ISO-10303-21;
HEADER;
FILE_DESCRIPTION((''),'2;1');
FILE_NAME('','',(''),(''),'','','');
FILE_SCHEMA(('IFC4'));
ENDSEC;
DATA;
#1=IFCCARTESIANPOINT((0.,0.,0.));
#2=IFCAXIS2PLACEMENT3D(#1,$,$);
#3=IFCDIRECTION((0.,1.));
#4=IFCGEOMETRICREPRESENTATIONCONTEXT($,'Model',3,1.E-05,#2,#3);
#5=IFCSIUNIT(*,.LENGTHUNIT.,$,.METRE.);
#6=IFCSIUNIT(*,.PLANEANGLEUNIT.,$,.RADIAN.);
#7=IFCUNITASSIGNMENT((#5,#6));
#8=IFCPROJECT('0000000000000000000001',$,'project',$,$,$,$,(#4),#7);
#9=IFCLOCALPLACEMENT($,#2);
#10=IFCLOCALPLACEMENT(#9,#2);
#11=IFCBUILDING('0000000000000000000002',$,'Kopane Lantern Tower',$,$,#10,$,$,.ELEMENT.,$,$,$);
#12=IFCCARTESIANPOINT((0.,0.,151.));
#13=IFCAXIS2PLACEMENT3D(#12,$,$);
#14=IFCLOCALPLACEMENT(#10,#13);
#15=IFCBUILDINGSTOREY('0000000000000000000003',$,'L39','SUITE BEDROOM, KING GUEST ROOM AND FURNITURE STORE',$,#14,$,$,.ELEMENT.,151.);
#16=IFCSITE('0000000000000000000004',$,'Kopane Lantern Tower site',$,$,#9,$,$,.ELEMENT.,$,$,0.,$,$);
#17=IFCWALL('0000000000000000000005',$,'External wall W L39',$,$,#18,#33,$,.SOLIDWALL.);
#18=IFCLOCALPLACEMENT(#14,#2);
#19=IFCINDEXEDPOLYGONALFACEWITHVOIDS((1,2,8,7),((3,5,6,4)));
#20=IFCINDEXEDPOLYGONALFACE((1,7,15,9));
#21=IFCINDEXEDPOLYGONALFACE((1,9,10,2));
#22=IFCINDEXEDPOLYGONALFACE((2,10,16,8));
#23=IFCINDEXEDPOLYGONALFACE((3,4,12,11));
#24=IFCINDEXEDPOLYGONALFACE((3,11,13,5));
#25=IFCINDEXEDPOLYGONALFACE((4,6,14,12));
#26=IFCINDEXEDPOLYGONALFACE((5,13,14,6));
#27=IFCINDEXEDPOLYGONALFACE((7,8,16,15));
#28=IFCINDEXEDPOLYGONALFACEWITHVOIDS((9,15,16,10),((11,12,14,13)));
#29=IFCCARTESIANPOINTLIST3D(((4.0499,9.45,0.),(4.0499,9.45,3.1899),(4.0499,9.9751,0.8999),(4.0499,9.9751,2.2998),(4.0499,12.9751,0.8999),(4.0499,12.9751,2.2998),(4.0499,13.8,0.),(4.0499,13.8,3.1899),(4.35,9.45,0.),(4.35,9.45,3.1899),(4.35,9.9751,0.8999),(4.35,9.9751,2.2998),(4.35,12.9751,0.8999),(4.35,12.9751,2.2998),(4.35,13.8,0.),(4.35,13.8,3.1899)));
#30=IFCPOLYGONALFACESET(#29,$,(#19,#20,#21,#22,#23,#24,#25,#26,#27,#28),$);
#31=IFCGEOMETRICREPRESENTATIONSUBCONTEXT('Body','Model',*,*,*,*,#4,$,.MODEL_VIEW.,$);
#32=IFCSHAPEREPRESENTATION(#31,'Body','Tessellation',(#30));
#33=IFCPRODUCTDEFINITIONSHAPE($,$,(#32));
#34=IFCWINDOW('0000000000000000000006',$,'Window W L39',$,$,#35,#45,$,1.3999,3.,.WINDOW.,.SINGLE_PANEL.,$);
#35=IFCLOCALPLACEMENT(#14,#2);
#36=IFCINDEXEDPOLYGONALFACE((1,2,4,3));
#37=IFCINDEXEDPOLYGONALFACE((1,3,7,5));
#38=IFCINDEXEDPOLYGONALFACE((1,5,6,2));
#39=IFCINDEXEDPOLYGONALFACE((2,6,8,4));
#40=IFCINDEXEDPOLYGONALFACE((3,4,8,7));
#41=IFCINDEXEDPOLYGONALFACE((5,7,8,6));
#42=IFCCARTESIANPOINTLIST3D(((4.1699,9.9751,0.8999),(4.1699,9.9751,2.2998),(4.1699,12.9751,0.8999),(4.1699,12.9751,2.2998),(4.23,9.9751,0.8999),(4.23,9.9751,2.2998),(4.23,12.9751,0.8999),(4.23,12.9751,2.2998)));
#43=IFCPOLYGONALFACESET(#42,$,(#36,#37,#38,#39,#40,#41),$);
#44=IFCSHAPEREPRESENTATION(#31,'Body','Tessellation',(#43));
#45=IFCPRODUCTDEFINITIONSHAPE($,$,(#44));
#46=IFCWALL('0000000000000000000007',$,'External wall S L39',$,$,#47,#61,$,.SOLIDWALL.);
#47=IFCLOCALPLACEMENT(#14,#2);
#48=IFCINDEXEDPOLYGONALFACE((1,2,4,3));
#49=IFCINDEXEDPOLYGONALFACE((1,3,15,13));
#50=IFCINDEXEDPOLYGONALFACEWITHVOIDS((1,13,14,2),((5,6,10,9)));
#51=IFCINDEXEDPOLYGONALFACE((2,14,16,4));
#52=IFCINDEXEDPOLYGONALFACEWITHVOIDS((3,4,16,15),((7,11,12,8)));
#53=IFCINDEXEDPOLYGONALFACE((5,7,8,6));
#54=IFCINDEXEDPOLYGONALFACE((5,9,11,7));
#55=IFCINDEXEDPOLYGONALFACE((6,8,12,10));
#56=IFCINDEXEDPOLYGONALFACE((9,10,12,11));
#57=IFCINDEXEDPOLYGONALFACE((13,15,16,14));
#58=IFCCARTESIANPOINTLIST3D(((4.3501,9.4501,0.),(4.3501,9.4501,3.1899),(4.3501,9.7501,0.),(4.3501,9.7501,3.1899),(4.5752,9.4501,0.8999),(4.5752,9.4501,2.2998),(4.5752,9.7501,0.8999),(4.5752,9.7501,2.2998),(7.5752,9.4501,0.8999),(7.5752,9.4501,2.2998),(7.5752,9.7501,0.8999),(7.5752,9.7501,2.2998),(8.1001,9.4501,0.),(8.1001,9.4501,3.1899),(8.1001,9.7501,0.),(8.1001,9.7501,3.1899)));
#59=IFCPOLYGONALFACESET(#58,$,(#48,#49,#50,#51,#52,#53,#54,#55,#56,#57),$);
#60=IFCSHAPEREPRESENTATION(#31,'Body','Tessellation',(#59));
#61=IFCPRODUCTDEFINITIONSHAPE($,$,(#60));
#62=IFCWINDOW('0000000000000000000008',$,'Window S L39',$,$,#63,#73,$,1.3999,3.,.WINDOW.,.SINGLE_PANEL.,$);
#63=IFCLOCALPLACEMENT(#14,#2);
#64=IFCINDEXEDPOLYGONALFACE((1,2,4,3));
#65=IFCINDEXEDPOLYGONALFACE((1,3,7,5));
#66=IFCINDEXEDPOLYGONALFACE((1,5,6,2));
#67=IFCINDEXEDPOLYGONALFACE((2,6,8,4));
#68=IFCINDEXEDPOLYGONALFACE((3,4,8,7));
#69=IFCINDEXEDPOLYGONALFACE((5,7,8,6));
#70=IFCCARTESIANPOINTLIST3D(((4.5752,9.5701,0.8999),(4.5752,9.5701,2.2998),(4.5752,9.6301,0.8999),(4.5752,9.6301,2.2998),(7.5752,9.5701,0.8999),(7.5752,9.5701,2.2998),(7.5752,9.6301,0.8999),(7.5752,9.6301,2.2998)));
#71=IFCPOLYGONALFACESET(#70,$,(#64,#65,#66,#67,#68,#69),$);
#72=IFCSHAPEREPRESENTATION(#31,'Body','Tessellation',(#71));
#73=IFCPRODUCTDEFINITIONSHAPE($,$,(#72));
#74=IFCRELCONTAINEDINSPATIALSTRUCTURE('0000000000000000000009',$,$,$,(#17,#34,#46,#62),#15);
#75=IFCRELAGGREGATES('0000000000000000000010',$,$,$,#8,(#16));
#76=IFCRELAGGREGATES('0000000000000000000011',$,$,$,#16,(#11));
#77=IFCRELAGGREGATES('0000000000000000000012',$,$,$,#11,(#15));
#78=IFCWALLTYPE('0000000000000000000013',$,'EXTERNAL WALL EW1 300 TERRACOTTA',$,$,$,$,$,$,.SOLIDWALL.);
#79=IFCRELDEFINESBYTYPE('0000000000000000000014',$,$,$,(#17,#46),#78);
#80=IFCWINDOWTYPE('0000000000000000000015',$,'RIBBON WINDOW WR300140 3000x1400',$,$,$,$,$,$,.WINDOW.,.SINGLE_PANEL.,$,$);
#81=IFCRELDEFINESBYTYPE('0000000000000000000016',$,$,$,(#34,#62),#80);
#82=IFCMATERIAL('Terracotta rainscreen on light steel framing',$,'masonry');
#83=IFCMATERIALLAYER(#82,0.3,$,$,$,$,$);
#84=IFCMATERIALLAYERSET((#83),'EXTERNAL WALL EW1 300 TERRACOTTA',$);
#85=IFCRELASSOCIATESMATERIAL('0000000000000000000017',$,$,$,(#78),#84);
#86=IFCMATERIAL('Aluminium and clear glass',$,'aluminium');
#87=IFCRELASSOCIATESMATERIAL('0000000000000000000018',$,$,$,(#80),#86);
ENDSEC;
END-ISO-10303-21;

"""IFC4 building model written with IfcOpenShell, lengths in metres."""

from ifc_helpers import new_model, si_unit, direction, frame, frame_2d, origin, place, context, subcontext, project, spatial, rectangle, extrude, material, layer, layer_set, type_object, element, fill, save


model = new_model("IFC4")

# Units and contexts
model_context = context("Model", 3, precision=1e-05, world=origin(), true_north=direction((0.0, 1.0)))
body_context = subcontext(model_context, "Body", "Model", "MODEL_VIEW")
ifc_project = project(units=[si_unit("LENGTHUNIT", "METRE"), si_unit("PLANEANGLEUNIT", "RADIAN")], contexts=[model_context])

# Site, building, storey
site_placement = place(None, origin())
site = spatial("IfcSite", under=ifc_project, at=site_placement, Name="Kopane Lantern Tower site", CompositionType="ELEMENT", RefElevation=0.0)
building_placement = place(site_placement, origin())
building = spatial("IfcBuilding", under=site, at=building_placement, Name="Kopane Lantern Tower", CompositionType="ELEMENT")
storey_placement = place(building_placement, frame((0.0, 0.0, 151.0)))
storey = spatial("IfcBuildingStorey", under=building, at=storey_placement, Name="L39", Description="SUITE BEDROOM, KING GUEST ROOM AND FURNITURE STORE", CompositionType="ELEMENT", Elevation=151.0)

# Walls, openings, windows
ifc_material_1 = material(Name="Terracotta rainscreen on light steel framing", Category="masonry")
ifc_layer_1 = layer(ifc_material_1, 0.3)
ifc_layer_set_1 = layer_set([ifc_layer_1], Name="EXTERNAL WALL EW1 300 TERRACOTTA")
wall_type_1 = type_object("IfcWallType", Name="EXTERNAL WALL EW1 300 TERRACOTTA", PredefinedType="SOLIDWALL", material=ifc_layer_set_1)
ifc_material_2 = material(Name="Aluminium and clear glass", Category="aluminium")
window_type = type_object("IfcWindowType", Name="RIBBON WINDOW WR300140 3000x1400", PartitioningType="SINGLE_PANEL", PredefinedType="WINDOW", material=ifc_material_2)
wall_1_placement = place(storey_placement, frame((4.2, 13.8, 0.0), z_axis=(0.0, 0.0, 1.0), x_axis=(0.0, -1.0, 0.0)))
wall_1 = element("IfcWall", 1, at=wall_1_placement, inside=storey, type_object=wall_type_1, Name="External wall W L39", PredefinedType="SOLIDWALL", context=body_context, shape_type="SweptSolid", body=[
    extrude(rectangle(XDim=4.3501, YDim=0.3, at=frame_2d((2.175, 0.0))), origin(), (0.0, 0.0, 1.0), 3.1899),
])
opening_1_placement = place(wall_1_placement, frame((0.825, 0.0, 0.8999)))
opening_1 = element("IfcOpeningElement", 2, at=opening_1_placement, cuts=wall_1, PredefinedType="OPENING", context=body_context, shape_type="SweptSolid", body=[
    extrude(rectangle(XDim=3.0, YDim=1.3999, at=frame_2d((1.5, 0.7))), frame((0.0, 0.1599, 0.0), z_axis=(0.0, -1.0, 0.0), x_axis=(1.0, 0.0, 0.0)), (0.0, 0.0, 1.0), 0.3201),
])
window_1_placement = place(opening_1_placement, origin())
window_1 = element("IfcWindow", 3, at=window_1_placement, inside=storey, type_object=window_type, Name="Window W L39", OverallHeight=1.3999, OverallWidth=3.0, PartitioningType="SINGLE_PANEL", PredefinedType="WINDOW", context=body_context, shape_type="SweptSolid", body=[
    extrude(rectangle(XDim=3.0, YDim=1.3999, at=frame_2d((1.5, 0.7))), frame((0.0, 0.03, 0.0), z_axis=(0.0, -1.0, 0.0), x_axis=(1.0, 0.0, 0.0)), (0.0, 0.0, 1.0), 0.0601),
])
fill(opening_1, window_1)
wall_2_placement = place(storey_placement, frame((4.3501, 9.6001, 0.0), z_axis=(0.0, 0.0, 1.0), x_axis=(1.0, 0.0, 0.0)))
wall_2 = element("IfcWall", 4, at=wall_2_placement, inside=storey, type_object=wall_type_1, Name="External wall S L39", PredefinedType="SOLIDWALL", context=body_context, shape_type="SweptSolid", body=[
    extrude(rectangle(XDim=3.75, YDim=0.3, at=frame_2d((1.875, 0.0))), origin(), (0.0, 0.0, 1.0), 3.1899),
])
opening_2_placement = place(wall_2_placement, frame((0.2251, 0.0, 0.8999)))
opening_2 = element("IfcOpeningElement", 5, at=opening_2_placement, cuts=wall_2, PredefinedType="OPENING", context=body_context, shape_type="SweptSolid", body=[
    extrude(rectangle(XDim=3.0, YDim=1.3999, at=frame_2d((1.5, 0.7))), frame((0.0, 0.1599, 0.0), z_axis=(0.0, -1.0, 0.0), x_axis=(1.0, 0.0, 0.0)), (0.0, 0.0, 1.0), 0.3201),
])
window_2_placement = place(opening_2_placement, origin())
window_2 = element("IfcWindow", 6, at=window_2_placement, inside=storey, type_object=window_type, Name="Window S L39", OverallHeight=1.3999, OverallWidth=3.0, PartitioningType="SINGLE_PANEL", PredefinedType="WINDOW", context=body_context, shape_type="SweptSolid", body=[
    extrude(rectangle(XDim=3.0, YDim=1.3999, at=frame_2d((1.5, 0.7))), frame((0.0, 0.03, 0.0), z_axis=(0.0, -1.0, 0.0), x_axis=(1.0, 0.0, 0.0)), (0.0, 0.0, 1.0), 0.0601),
])
fill(opening_2, window_2)

save(model, "model.ifc")
